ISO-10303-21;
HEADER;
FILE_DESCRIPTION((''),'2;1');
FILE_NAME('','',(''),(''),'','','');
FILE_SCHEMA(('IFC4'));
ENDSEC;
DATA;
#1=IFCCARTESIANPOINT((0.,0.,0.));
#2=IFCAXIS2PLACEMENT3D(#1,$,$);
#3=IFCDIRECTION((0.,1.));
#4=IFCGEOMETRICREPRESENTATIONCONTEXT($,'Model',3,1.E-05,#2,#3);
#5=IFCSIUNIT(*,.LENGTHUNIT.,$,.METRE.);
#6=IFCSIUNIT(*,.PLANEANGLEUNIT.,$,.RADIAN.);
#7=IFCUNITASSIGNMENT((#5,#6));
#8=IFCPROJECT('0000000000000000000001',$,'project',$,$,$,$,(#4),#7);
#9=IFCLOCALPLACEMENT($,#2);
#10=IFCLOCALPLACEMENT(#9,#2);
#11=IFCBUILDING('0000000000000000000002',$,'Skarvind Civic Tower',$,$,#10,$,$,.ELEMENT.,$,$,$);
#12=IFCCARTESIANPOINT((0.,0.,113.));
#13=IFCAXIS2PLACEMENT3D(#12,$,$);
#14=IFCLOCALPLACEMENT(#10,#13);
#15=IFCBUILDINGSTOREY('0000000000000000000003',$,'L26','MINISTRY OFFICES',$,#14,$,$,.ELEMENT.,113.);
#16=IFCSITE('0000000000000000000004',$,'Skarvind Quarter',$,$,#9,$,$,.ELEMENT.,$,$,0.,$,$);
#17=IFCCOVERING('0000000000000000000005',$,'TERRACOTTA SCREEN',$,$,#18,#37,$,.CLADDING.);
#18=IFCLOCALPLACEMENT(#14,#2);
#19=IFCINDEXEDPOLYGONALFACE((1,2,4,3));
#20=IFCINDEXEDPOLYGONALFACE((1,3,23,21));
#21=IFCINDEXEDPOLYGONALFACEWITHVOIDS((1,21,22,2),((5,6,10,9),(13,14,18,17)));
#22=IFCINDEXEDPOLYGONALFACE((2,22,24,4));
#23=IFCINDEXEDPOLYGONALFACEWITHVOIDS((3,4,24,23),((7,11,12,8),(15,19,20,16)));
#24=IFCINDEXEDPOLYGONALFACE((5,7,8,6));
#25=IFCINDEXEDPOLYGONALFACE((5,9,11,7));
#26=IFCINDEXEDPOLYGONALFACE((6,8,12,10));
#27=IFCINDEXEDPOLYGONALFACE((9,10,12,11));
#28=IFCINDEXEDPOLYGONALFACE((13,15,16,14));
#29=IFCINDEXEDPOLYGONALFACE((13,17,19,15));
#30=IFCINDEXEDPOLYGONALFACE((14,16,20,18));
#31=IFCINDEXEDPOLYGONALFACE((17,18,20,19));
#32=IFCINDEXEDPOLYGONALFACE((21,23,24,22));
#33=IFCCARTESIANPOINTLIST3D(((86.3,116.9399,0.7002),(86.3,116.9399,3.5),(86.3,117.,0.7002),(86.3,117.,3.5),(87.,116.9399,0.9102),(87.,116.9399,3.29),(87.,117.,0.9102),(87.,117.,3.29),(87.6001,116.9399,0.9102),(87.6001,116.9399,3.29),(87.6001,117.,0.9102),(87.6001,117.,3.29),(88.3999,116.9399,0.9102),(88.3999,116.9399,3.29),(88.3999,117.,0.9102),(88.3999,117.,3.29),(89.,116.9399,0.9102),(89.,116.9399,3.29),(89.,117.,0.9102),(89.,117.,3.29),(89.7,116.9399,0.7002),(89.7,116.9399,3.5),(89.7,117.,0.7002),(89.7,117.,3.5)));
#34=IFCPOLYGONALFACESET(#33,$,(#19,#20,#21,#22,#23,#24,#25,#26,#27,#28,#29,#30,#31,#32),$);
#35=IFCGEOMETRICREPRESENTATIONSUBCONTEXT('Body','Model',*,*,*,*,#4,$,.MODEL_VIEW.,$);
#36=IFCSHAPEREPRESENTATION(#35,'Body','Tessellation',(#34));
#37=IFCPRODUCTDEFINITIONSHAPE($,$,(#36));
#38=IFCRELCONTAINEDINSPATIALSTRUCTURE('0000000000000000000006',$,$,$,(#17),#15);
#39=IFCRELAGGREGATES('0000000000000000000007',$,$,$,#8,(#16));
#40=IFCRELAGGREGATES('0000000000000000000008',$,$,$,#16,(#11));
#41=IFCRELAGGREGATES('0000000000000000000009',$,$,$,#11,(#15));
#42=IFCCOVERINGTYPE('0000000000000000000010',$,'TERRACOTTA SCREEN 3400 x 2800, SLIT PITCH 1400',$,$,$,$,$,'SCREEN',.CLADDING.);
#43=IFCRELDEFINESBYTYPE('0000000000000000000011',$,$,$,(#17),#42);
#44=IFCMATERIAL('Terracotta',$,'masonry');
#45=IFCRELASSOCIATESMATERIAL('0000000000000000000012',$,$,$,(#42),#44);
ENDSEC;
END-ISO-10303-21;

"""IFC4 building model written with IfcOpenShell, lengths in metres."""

from ifc_helpers import new_model, si_unit, direction, frame, origin, place, context, subcontext, project, spatial, polyline, outline, extrude, material, material_profile, profile_set, type_object, element, save


model = new_model("IFC4")

# Units and contexts
model_context = context("Model", 3, precision=1e-05, world=origin(), true_north=direction((0.0, 1.0)))
body_context = subcontext(model_context, "Body", "Model", "MODEL_VIEW")
ifc_project = project(units=[si_unit("LENGTHUNIT", "METRE"), si_unit("PLANEANGLEUNIT", "RADIAN")], contexts=[model_context])

# Site, building, storey
site_placement = place(None, origin())
site = spatial("IfcSite", under=ifc_project, at=site_placement, Name="Skarvind Quarter", CompositionType="ELEMENT", RefElevation=0.0)
building_placement = place(site_placement, origin())
building = spatial("IfcBuilding", under=site, at=building_placement, Name="Skarvind Civic Tower", CompositionType="ELEMENT")
storey_placement = place(building_placement, frame((0.0, 0.0, 113.0)))
storey = spatial("IfcBuildingStorey", under=building, at=storey_placement, Name="L26", Description="MINISTRY OFFICES", CompositionType="ELEMENT", Elevation=113.0)

# Covering
ifc_material_1 = material(Name="Terracotta", Category="masonry")
ifc_material_profile_1 = material_profile(ifc_material_1, outline(polyline([(-1.7, -1.3999), (1.7, -1.3999), (1.7, 1.3999), (-1.7, 1.3999), (-1.7, -1.3999)]), holes=[polyline([(-1.0, -1.1899), (-0.3999, -1.1899), (-0.3999, 1.1899), (-1.0, 1.1899), (-1.0, -1.1899)]), polyline([(0.3999, -1.1899), (1.0, -1.1899), (1.0, 1.1899), (0.3999, 1.1899), (0.3999, -1.1899)])]), Name="TERRACOTTA SCREEN 3400 x 2800, SLIT PITCH 1400")
ifc_profile_set_1 = profile_set([ifc_material_profile_1], Name="Terracotta")
covering_type = type_object("IfcCoveringType", Name="TERRACOTTA SCREEN 3400 x 2800, SLIT PITCH 1400", ElementType="SCREEN", PredefinedType="CLADDING", material=ifc_profile_set_1)
covering_placement = place(storey_placement, frame((88.0, 117.0, 2.1001), z_axis=(0.0, -1.0, 0.0), x_axis=(1.0, 0.0, 0.0)))
element("IfcCovering", 1, at=covering_placement, inside=storey, type_object=covering_type, Name="TERRACOTTA SCREEN", PredefinedType="CLADDING", context=body_context, shape_type="SweptSolid", body=[
    extrude(outline(polyline([(-1.7, -1.3999), (1.7, -1.3999), (1.7, 1.3999), (-1.7, 1.3999), (-1.7, -1.3999)]), holes=[polyline([(-1.0, -1.1899), (-0.3999, -1.1899), (-0.3999, 1.1899), (-1.0, 1.1899), (-1.0, -1.1899)]), polyline([(0.3999, -1.1899), (1.0, -1.1899), (1.0, 1.1899), (0.3999, 1.1899), (0.3999, -1.1899)])]), origin(), (0.0, 0.0, 1.0), 0.0601),
])

save(model, "model.ifc")
